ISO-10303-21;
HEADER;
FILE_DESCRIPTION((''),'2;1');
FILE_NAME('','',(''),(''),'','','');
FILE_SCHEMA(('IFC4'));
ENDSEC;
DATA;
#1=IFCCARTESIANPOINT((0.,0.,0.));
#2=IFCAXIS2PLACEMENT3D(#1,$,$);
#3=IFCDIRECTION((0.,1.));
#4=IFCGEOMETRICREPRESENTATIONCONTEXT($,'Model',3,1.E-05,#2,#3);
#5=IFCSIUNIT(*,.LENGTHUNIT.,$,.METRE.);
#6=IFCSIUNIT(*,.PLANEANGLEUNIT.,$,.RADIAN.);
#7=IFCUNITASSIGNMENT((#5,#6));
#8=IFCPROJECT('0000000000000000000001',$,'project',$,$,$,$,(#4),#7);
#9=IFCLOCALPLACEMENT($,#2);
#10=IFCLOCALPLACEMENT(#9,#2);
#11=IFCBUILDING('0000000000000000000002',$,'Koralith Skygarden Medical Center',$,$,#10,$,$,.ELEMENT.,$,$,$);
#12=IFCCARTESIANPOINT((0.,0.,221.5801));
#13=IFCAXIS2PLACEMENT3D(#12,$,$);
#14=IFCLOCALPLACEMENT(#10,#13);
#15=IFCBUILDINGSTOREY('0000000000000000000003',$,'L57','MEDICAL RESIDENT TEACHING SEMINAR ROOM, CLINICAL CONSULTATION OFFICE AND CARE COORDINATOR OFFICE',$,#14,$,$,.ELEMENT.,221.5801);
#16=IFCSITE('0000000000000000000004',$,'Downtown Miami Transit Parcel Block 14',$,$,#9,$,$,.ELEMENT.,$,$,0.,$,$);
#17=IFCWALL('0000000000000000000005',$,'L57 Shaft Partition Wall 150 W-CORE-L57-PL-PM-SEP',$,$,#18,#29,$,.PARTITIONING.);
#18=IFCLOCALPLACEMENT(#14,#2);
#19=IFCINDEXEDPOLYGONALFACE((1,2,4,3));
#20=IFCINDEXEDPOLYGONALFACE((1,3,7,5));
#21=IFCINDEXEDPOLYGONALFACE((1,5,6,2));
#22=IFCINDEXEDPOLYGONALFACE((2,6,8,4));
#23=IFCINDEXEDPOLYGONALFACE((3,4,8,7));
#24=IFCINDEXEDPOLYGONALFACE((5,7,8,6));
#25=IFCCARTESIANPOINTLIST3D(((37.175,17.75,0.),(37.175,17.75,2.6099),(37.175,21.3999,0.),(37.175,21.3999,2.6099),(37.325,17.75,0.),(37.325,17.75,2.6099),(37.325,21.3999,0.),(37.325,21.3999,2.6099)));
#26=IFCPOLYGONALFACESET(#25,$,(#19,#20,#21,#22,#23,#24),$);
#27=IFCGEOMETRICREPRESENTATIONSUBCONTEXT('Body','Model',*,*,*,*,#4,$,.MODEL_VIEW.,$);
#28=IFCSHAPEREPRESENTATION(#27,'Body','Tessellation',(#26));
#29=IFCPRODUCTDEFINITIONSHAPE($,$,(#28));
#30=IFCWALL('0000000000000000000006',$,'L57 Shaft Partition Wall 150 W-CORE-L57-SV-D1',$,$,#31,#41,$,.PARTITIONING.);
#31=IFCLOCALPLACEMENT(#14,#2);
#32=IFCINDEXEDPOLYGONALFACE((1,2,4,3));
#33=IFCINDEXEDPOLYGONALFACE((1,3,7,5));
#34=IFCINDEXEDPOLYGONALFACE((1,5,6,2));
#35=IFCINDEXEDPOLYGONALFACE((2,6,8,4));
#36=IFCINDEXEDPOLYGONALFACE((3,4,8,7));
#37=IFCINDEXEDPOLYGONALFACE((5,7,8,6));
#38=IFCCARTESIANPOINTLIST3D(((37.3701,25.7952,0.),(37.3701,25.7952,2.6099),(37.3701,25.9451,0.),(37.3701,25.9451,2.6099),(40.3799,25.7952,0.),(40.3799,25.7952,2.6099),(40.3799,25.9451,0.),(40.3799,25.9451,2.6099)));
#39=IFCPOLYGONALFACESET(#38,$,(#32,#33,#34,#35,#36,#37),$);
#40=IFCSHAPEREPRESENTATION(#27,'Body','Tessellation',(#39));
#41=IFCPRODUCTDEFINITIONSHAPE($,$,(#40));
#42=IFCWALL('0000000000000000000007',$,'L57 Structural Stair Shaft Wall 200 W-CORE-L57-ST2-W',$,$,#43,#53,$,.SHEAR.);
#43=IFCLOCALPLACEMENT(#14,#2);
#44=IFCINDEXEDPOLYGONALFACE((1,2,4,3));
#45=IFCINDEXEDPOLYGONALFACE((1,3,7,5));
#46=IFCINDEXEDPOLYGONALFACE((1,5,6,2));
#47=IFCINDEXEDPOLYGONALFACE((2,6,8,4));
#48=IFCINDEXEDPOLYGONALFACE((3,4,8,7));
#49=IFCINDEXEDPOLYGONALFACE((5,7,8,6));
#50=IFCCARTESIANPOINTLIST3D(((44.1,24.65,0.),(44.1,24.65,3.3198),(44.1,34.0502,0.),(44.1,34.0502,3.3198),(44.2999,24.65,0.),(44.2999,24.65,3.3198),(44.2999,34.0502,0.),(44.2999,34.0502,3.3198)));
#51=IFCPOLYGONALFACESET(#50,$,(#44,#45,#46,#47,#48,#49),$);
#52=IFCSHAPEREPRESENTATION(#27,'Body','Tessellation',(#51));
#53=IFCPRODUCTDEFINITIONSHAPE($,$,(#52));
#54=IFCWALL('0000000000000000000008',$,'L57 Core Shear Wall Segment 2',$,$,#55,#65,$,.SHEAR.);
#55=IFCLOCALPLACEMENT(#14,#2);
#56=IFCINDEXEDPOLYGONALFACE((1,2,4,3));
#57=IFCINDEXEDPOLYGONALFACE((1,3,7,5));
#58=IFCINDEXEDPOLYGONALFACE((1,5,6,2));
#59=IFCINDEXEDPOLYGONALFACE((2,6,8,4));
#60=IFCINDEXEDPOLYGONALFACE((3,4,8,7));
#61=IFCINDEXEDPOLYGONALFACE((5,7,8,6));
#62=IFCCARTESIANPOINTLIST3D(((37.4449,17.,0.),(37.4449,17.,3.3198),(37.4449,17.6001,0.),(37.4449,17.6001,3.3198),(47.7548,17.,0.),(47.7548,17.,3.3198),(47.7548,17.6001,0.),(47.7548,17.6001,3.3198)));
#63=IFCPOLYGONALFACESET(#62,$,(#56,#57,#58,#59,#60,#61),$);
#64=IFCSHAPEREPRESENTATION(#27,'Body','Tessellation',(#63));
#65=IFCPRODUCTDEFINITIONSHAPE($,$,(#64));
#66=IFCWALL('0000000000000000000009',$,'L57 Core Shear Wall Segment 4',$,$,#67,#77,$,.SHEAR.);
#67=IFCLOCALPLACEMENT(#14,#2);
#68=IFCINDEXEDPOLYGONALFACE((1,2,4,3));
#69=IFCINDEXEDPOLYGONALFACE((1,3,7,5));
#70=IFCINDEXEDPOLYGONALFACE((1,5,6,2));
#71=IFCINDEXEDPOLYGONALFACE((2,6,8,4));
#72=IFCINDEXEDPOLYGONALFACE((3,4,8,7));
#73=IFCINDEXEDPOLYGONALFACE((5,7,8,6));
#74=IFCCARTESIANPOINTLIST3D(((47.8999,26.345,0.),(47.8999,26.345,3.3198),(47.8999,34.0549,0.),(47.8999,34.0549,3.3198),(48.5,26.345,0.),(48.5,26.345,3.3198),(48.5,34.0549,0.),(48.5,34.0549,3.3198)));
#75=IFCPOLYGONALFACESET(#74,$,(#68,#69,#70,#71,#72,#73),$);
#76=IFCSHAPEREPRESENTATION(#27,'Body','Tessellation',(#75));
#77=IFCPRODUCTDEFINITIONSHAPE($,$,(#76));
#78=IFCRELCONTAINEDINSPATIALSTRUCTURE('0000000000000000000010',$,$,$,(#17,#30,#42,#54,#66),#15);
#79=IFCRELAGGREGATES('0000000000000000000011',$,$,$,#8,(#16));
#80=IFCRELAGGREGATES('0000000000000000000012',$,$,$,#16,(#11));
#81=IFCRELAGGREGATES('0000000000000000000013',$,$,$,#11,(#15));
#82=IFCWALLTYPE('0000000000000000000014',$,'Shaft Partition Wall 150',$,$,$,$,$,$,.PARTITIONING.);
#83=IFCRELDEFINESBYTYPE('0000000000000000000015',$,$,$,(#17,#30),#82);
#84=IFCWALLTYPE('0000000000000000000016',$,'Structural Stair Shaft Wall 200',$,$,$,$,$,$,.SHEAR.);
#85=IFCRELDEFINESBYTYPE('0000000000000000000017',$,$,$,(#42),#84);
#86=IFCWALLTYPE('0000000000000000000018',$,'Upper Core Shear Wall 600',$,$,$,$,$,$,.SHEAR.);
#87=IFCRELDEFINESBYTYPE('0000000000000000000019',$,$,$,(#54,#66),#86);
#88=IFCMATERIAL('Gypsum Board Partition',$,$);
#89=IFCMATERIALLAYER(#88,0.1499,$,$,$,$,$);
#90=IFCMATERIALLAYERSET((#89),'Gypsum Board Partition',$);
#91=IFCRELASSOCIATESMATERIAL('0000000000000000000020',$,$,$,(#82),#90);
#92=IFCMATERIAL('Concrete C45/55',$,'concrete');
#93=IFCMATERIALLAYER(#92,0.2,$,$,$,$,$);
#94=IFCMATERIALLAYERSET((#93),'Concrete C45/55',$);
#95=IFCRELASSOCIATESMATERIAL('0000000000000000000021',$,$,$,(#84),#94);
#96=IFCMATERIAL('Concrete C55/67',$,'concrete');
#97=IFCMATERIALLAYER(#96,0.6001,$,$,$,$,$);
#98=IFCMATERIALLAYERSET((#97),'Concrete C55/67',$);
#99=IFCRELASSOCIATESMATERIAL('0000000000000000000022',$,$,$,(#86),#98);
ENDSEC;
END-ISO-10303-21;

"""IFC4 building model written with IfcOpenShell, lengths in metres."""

from ifc_helpers import new_model, si_unit, direction, frame, frame_2d, origin, place, context, subcontext, project, spatial, rectangle, extrude, material, layer, layer_set, type_object, element, save


model = new_model("IFC4")

# Units and contexts
model_context = context("Model", 3, precision=1e-05, world=origin(), true_north=direction((0.0, 1.0)))
body_context = subcontext(model_context, "Body", "Model", "MODEL_VIEW")
ifc_project = project(units=[si_unit("LENGTHUNIT", "METRE"), si_unit("PLANEANGLEUNIT", "RADIAN")], contexts=[model_context])

# Site, building, storey
site_placement = place(None, origin())
site = spatial("IfcSite", under=ifc_project, at=site_placement, Name="Downtown Miami Transit Parcel Block 14", CompositionType="ELEMENT", RefElevation=0.0)
building_placement = place(site_placement, origin())
building = spatial("IfcBuilding", under=site, at=building_placement, Name="Koralith Skygarden Medical Center", CompositionType="ELEMENT")
storey_placement = place(building_placement, frame((0.0, 0.0, 221.5801)))
storey = spatial("IfcBuildingStorey", under=building, at=storey_placement, Name="L57", Description="MEDICAL RESIDENT TEACHING SEMINAR ROOM, CLINICAL CONSULTATION OFFICE AND CARE COORDINATOR OFFICE", CompositionType="ELEMENT", Elevation=221.5801)

# Shared definitions
ifc_material_1 = material(Name="Concrete C55/67", Category="concrete")

# Shared definitions
ifc_material_2 = material(Name="Concrete C45/55", Category="concrete")

# Shared definitions
ifc_material_3 = material(Name="Gypsum Board Partition")

# Walls
ifc_layer_1 = layer(ifc_material_3, 0.1499)
ifc_layer_set_1 = layer_set([ifc_layer_1], Name="Gypsum Board Partition")
wall_type_1 = type_object("IfcWallType", Name="Shaft Partition Wall 150", PredefinedType="PARTITIONING", material=ifc_layer_set_1)
wall_1_placement = place(storey_placement, frame((37.25, 17.75, 0.0), z_axis=(0.0, 0.0, 1.0), x_axis=(0.0, 1.0, 0.0)))
element("IfcWall", 1, at=wall_1_placement, inside=storey, type_object=wall_type_1, Name="L57 Shaft Partition Wall 150 W-CORE-L57-PL-PM-SEP", PredefinedType="PARTITIONING", context=body_context, shape_type="SweptSolid", body=[
    extrude(rectangle(XDim=3.6499, YDim=0.1499, at=frame_2d((1.825, 0.0))), origin(), (0.0, 0.0, 1.0), 2.6099),
])
wall_2_placement = place(storey_placement, frame((37.3701, 25.8701, 0.0), z_axis=(0.0, 0.0, 1.0), x_axis=(1.0, 0.0, 0.0)))
element("IfcWall", 2, at=wall_2_placement, inside=storey, type_object=wall_type_1, Name="L57 Shaft Partition Wall 150 W-CORE-L57-SV-D1", PredefinedType="PARTITIONING", context=body_context, shape_type="SweptSolid", body=[
    extrude(rectangle(XDim=3.0098, YDim=0.1499, at=frame_2d((1.5049, 0.0))), origin(), (0.0, 0.0, 1.0), 2.6099),
])
ifc_layer_2 = layer(ifc_material_2, 0.2)
ifc_layer_set_2 = layer_set([ifc_layer_2], Name="Concrete C45/55")
wall_type_2 = type_object("IfcWallType", Name="Structural Stair Shaft Wall 200", PredefinedType="SHEAR", material=ifc_layer_set_2)
wall_3_placement = place(storey_placement, frame((44.2, 24.6499, 0.0), z_axis=(0.0, 0.0, 1.0), x_axis=(0.0, 1.0, 0.0)))
element("IfcWall", 3, at=wall_3_placement, inside=storey, type_object=wall_type_2, Name="L57 Structural Stair Shaft Wall 200 W-CORE-L57-ST2-W", PredefinedType="SHEAR", context=body_context, shape_type="SweptSolid", body=[
    extrude(rectangle(XDim=9.4001, YDim=0.2, at=frame_2d((4.7002, 0.0))), origin(), (0.0, 0.0, 1.0), 3.3198),
])

# Wall
ifc_layer_3 = layer(ifc_material_1, 0.6001)
ifc_layer_set_3 = layer_set([ifc_layer_3], Name="Concrete C55/67")
wall_type_3 = type_object("IfcWallType", Name="Upper Core Shear Wall 600", PredefinedType="SHEAR", material=ifc_layer_set_3)
wall_4_placement = place(storey_placement, frame((37.4451, 17.3, 0.0), z_axis=(0.0, 0.0, 1.0), x_axis=(1.0, 0.0, 0.0)))
element("IfcWall", 4, at=wall_4_placement, inside=storey, type_object=wall_type_3, Name="L57 Core Shear Wall Segment 2", PredefinedType="SHEAR", context=body_context, shape_type="SweptSolid", body=[
    extrude(rectangle(XDim=10.3098, YDim=0.6001, at=frame_2d((5.1548, 0.0))), origin(), (0.0, 0.0, 1.0), 3.3198),
])

# Wall
wall_5_placement = place(storey_placement, frame((48.2, 26.345, 0.0), z_axis=(0.0, 0.0, 1.0), x_axis=(0.0, 1.0, 0.0)))
element("IfcWall", 5, at=wall_5_placement, inside=storey, type_object=wall_type_3, Name="L57 Core Shear Wall Segment 4", PredefinedType="SHEAR", context=body_context, shape_type="SweptSolid", body=[
    extrude(rectangle(XDim=7.71, YDim=0.6001, at=frame_2d((3.855, 0.0))), origin(), (0.0, 0.0, 1.0), 3.3198),
])

save(model, "model.ifc")
